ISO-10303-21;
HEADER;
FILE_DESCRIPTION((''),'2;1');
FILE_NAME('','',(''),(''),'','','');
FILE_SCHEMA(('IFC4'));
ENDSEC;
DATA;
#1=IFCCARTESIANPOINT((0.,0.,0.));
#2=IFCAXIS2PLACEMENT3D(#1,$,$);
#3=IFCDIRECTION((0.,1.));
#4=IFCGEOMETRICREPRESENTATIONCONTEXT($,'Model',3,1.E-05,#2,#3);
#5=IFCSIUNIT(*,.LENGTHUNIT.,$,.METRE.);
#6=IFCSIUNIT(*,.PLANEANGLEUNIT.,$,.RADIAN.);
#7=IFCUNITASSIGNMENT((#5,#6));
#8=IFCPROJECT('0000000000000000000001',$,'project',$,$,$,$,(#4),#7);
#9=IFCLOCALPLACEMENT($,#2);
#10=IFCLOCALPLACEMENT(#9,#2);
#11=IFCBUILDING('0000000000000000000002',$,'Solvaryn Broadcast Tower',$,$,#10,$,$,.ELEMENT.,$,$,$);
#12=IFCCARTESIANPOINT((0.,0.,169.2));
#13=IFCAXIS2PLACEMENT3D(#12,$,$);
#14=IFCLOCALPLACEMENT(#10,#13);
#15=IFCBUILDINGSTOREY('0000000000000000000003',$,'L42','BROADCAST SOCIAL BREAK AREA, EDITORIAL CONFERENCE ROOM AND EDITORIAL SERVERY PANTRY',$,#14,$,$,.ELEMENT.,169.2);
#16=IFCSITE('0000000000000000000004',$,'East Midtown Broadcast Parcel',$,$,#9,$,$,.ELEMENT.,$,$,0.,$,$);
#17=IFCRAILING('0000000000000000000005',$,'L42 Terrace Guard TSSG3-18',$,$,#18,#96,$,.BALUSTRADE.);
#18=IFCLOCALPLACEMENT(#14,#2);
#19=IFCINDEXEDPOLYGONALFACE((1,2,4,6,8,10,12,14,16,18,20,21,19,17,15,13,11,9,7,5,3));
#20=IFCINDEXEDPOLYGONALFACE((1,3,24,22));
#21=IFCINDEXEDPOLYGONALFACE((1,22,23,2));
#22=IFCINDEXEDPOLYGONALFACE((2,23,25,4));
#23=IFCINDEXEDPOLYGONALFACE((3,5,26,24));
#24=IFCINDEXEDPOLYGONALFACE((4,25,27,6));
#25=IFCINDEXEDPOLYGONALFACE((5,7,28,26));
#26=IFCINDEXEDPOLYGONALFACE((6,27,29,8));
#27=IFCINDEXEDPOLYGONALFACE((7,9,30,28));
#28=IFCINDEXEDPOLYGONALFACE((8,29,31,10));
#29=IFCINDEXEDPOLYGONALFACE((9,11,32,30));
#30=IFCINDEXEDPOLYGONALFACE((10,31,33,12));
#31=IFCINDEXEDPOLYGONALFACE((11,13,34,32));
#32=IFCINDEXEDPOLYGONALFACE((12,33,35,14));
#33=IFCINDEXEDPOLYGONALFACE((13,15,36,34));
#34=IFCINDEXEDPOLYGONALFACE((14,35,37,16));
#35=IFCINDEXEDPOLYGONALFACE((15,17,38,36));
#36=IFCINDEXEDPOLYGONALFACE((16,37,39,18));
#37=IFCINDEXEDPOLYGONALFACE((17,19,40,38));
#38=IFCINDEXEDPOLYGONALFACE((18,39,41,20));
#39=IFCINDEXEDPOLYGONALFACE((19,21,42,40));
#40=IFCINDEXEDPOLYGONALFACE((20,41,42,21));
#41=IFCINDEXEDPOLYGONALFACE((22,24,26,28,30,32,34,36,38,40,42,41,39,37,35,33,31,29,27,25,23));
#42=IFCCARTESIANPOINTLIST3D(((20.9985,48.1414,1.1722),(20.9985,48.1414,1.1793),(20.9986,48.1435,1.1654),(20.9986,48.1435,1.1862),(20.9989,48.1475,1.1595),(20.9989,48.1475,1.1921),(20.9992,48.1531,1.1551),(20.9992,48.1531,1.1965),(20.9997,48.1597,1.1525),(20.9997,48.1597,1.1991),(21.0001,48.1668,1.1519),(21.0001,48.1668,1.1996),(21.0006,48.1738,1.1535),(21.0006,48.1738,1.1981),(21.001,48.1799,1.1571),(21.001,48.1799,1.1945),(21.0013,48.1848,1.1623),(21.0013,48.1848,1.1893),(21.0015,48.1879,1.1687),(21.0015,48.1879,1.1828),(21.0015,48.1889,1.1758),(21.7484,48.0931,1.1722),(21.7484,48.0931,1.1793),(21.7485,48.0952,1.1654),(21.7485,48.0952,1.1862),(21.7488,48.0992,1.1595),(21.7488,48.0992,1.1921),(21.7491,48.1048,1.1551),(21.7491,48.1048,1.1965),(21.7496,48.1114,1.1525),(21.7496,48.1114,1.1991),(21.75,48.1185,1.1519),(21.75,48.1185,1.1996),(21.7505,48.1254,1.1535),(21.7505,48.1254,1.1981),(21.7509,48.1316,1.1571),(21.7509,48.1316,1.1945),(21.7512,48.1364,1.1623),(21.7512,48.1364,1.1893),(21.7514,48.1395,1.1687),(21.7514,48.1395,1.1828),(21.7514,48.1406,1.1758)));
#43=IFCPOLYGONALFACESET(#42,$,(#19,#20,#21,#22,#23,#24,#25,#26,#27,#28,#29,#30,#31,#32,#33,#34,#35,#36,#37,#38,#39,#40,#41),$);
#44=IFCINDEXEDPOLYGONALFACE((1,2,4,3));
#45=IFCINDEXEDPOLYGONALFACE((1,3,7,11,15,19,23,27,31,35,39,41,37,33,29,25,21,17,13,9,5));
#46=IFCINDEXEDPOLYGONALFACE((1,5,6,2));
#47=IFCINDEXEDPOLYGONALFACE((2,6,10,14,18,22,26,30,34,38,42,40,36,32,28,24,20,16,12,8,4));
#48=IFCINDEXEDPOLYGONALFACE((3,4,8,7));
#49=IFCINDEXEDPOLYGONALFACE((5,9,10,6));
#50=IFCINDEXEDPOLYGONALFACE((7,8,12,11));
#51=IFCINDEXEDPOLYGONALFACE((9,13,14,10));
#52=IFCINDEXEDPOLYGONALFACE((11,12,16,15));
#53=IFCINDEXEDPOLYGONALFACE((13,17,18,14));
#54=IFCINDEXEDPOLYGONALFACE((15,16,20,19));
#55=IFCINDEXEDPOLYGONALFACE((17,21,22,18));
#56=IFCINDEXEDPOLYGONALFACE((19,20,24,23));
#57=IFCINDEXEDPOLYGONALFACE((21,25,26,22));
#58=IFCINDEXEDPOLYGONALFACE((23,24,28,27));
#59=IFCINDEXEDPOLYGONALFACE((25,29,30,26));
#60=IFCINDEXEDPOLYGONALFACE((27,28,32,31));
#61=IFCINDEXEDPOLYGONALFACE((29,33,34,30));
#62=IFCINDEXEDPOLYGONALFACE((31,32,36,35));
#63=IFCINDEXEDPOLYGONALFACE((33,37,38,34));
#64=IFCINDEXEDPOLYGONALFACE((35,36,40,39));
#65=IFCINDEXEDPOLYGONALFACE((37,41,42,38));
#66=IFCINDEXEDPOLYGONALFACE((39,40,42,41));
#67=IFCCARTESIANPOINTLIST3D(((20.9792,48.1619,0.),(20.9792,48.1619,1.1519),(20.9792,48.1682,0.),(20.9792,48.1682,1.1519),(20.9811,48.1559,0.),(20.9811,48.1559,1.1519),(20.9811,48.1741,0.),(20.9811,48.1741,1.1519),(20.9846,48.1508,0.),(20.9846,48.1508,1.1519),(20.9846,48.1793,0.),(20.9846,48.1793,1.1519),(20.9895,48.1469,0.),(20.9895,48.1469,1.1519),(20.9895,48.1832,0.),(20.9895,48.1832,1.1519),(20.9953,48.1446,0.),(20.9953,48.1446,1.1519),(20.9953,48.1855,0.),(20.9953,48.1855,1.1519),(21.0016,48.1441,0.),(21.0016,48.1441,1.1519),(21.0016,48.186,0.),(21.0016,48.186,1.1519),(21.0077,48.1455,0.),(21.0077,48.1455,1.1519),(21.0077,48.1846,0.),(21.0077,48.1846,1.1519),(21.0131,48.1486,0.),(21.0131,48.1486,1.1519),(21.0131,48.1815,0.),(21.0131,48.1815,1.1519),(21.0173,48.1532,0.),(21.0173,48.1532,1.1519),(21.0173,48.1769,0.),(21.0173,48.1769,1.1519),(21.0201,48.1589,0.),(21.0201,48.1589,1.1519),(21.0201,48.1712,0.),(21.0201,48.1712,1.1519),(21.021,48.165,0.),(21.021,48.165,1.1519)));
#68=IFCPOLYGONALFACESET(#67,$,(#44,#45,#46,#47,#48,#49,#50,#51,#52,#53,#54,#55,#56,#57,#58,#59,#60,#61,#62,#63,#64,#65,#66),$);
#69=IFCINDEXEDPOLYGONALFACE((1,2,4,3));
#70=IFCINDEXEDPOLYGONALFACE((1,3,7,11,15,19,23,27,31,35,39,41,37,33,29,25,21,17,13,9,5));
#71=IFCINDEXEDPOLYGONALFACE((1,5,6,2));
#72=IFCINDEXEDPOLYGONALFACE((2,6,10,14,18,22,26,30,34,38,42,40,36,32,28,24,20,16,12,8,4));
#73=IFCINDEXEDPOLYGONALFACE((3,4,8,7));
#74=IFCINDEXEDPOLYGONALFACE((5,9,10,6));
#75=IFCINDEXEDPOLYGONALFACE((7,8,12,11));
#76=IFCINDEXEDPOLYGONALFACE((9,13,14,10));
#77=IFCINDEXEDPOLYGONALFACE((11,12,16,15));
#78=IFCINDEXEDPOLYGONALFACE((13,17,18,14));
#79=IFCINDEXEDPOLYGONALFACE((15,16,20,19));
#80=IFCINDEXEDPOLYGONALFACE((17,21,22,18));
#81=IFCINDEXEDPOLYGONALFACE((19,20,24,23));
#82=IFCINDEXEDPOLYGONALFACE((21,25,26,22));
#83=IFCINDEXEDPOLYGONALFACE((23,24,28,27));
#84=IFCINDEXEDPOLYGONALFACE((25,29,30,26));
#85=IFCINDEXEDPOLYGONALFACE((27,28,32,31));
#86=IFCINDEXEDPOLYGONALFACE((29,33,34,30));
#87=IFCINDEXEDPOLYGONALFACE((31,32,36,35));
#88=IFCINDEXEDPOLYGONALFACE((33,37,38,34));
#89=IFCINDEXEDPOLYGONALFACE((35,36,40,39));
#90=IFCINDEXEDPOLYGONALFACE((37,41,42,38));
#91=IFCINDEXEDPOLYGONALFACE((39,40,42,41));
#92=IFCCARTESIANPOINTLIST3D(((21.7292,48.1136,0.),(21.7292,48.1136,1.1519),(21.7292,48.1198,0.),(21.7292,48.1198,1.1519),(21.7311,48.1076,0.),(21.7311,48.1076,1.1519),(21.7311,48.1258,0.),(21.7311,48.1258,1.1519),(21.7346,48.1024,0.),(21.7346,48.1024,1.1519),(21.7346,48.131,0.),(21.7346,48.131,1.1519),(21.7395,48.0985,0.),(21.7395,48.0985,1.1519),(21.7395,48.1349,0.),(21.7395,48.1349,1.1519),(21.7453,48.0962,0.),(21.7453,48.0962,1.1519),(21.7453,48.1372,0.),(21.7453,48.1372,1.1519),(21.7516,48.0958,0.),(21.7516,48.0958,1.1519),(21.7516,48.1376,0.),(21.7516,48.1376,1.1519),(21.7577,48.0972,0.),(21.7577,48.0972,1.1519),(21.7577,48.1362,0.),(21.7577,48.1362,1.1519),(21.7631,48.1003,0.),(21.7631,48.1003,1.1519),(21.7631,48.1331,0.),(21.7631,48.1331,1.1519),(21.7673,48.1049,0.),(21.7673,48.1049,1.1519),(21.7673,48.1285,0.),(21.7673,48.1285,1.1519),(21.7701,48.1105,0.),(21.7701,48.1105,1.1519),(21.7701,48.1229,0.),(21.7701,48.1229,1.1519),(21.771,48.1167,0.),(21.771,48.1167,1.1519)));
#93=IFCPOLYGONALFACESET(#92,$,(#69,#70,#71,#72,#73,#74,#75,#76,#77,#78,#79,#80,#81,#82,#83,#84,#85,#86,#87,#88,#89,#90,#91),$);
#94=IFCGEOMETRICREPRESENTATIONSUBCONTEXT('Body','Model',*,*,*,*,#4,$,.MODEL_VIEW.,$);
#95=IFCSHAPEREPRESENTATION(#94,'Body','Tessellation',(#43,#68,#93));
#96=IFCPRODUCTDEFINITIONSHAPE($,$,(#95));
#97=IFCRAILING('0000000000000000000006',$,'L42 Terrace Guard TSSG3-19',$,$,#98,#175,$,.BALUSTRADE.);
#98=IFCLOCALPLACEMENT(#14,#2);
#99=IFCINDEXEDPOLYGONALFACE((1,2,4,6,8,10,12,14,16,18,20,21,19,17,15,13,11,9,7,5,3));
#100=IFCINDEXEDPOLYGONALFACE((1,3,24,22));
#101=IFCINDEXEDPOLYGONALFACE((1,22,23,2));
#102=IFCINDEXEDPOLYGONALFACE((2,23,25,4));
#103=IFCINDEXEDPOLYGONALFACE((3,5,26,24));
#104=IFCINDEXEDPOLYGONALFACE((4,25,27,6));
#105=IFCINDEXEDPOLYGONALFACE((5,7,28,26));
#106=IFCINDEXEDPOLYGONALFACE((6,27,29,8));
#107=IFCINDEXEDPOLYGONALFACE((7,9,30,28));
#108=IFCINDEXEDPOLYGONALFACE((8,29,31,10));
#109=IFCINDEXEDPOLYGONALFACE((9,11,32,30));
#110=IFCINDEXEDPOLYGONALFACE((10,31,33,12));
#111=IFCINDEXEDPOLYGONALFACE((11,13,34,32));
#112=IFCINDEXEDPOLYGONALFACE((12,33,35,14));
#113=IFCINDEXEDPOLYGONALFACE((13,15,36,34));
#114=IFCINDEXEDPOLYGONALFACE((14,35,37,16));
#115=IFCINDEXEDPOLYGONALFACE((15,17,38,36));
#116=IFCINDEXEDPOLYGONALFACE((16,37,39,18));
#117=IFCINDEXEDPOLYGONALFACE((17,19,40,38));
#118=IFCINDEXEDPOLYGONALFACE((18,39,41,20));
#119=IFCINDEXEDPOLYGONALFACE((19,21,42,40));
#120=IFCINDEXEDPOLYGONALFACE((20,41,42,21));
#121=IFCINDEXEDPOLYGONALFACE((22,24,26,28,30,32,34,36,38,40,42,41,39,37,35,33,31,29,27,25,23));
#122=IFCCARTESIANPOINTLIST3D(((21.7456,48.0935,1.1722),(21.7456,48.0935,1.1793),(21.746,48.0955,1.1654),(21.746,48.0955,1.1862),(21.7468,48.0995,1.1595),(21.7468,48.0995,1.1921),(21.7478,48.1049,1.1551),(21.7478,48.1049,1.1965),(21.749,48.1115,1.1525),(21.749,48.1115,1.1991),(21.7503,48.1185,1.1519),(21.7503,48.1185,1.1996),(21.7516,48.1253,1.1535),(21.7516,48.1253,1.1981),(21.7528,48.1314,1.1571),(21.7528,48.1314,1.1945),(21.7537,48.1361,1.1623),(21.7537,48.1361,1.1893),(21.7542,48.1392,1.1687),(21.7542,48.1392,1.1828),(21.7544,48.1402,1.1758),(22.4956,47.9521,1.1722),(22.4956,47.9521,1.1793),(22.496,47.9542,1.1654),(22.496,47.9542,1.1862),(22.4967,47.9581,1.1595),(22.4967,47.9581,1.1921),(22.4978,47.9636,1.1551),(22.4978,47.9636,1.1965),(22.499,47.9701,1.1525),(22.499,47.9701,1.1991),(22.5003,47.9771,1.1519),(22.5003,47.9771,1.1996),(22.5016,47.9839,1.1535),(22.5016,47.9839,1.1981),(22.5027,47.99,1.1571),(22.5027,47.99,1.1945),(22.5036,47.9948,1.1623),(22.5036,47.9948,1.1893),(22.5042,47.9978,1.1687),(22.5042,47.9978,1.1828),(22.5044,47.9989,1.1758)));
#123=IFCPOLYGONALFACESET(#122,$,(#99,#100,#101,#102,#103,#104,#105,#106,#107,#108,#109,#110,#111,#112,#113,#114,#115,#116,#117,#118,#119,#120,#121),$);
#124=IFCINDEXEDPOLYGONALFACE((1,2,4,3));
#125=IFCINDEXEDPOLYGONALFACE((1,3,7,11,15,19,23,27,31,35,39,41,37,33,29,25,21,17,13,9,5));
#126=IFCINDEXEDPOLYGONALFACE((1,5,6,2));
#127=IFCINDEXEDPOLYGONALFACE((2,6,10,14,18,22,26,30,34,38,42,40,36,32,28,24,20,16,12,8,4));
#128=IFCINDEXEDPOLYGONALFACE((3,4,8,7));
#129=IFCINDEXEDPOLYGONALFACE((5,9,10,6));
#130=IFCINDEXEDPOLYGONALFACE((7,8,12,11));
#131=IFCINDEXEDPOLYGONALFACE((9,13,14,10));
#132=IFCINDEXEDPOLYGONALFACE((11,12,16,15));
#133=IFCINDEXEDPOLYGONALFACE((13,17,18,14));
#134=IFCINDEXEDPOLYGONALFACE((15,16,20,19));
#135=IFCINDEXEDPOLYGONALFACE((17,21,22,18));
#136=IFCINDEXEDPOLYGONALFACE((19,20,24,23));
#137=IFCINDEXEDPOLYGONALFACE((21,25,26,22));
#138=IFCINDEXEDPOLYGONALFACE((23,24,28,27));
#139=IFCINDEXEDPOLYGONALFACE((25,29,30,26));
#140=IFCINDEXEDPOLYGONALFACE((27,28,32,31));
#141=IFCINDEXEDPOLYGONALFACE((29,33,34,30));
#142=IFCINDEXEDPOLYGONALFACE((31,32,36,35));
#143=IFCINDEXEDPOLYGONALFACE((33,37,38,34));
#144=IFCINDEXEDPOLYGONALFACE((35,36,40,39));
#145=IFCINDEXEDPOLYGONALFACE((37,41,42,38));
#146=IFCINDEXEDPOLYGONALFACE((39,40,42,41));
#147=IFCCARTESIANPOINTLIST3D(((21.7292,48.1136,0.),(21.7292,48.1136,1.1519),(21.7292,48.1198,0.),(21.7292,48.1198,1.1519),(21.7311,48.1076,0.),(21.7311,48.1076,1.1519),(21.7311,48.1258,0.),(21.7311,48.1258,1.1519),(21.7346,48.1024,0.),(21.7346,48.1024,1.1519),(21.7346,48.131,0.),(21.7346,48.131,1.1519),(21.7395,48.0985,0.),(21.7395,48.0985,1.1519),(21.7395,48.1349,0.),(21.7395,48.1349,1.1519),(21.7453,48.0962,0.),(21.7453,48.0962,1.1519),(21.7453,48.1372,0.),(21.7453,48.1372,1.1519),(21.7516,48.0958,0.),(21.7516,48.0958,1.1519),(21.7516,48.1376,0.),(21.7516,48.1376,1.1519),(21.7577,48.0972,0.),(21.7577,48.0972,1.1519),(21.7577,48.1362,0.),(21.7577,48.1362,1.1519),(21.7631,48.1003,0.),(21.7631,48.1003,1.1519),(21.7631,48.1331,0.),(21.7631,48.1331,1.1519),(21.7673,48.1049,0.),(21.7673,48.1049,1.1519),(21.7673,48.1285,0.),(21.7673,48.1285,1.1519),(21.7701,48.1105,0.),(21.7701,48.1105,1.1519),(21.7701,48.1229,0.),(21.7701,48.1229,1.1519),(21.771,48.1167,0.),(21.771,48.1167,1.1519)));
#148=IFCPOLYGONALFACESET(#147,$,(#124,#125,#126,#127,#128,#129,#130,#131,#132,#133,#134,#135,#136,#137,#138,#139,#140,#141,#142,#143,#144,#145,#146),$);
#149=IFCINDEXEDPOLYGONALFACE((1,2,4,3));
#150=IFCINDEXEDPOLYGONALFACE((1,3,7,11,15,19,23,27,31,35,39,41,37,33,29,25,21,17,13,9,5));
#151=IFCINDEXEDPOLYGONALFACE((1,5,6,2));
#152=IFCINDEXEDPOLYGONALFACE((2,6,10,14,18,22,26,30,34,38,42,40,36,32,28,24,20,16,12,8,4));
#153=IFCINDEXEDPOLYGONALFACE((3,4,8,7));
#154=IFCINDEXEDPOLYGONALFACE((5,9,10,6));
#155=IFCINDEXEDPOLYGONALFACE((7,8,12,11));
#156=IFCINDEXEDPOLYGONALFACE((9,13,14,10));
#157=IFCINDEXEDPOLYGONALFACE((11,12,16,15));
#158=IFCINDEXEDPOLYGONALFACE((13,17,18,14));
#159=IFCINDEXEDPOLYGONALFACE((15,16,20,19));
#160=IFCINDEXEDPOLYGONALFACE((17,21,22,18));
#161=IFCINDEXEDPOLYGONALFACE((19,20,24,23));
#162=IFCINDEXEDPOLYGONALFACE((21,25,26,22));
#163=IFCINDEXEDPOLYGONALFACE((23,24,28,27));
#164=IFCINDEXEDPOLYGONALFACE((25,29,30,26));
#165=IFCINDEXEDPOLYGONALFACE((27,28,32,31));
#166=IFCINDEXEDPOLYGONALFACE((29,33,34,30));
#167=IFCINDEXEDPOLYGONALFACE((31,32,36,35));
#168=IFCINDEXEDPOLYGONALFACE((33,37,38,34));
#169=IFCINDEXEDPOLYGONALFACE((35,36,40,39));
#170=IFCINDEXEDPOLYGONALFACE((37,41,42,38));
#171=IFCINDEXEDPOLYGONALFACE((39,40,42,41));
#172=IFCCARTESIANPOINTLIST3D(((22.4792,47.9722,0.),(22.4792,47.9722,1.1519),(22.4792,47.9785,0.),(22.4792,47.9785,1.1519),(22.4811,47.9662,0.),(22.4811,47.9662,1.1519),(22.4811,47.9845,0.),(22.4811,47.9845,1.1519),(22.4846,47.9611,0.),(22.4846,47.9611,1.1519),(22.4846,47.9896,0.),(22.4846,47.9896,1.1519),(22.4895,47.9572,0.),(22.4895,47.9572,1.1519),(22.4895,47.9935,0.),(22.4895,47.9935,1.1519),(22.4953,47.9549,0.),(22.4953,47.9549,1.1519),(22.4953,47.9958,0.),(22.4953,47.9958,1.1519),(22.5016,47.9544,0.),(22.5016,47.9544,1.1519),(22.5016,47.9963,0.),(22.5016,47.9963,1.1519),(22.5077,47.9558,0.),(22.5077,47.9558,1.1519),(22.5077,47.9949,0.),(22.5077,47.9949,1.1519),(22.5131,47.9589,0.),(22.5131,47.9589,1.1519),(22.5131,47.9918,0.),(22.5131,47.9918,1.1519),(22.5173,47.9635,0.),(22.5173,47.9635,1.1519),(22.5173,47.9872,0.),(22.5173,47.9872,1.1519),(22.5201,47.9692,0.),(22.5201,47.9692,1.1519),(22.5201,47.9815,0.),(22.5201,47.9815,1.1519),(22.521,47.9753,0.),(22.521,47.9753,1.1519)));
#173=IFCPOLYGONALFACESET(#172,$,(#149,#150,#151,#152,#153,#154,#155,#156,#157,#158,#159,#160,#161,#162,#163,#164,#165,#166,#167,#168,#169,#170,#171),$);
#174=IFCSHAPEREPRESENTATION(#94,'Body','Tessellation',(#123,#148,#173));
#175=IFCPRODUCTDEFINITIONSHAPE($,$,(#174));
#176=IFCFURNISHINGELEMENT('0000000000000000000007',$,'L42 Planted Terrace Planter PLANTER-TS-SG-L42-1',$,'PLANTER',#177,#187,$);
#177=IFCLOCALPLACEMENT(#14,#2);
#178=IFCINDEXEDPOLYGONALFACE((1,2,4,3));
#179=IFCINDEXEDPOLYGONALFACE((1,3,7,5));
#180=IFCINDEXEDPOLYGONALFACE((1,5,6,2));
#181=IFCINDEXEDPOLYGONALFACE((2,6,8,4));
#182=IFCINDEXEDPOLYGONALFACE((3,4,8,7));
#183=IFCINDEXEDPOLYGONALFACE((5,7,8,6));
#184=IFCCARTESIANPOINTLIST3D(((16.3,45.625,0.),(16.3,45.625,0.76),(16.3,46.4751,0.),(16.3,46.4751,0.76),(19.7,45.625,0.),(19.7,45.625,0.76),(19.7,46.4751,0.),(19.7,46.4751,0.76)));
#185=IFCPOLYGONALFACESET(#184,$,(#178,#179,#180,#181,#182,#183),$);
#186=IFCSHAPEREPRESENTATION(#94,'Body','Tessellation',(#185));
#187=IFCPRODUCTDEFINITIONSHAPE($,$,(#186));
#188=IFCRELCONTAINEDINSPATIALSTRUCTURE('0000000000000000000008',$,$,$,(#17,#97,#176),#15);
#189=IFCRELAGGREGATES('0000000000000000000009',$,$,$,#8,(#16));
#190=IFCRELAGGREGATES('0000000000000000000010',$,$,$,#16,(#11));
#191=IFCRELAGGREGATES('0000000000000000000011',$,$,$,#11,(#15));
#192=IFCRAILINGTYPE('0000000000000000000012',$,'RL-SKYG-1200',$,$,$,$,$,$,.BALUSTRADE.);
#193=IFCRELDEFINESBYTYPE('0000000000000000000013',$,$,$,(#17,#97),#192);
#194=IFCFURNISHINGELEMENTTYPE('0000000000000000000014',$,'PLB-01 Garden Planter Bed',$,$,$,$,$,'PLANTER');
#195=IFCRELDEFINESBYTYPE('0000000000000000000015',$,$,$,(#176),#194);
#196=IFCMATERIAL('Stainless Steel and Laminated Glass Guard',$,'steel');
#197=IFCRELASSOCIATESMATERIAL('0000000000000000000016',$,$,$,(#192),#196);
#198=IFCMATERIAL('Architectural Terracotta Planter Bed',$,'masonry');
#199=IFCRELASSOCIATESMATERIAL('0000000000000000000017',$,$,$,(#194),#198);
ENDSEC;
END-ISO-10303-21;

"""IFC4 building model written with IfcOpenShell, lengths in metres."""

from ifc_helpers import new_model, si_unit, direction, frame, origin, origin_2d, place, context, subcontext, project, spatial, rectangle, circle, extrude, material, type_object, element, save


model = new_model("IFC4")

# Units and contexts
model_context = context("Model", 3, precision=1e-05, world=origin(), true_north=direction((0.0, 1.0)))
body_context = subcontext(model_context, "Body", "Model", "MODEL_VIEW")
ifc_project = project(units=[si_unit("LENGTHUNIT", "METRE"), si_unit("PLANEANGLEUNIT", "RADIAN")], contexts=[model_context])

# Site, building, storey
site_placement = place(None, origin())
site = spatial("IfcSite", under=ifc_project, at=site_placement, Name="East Midtown Broadcast Parcel", CompositionType="ELEMENT", RefElevation=0.0)
building_placement = place(site_placement, origin())
building = spatial("IfcBuilding", under=site, at=building_placement, Name="Solvaryn Broadcast Tower", CompositionType="ELEMENT")
storey_placement = place(building_placement, frame((0.0, 0.0, 169.2)))
storey = spatial("IfcBuildingStorey", under=building, at=storey_placement, Name="L42", Description="BROADCAST SOCIAL BREAK AREA, EDITORIAL CONFERENCE ROOM AND EDITORIAL SERVERY PANTRY", CompositionType="ELEMENT", Elevation=169.2)

# Railings
ifc_material_1 = material(Name="Stainless Steel and Laminated Glass Guard", Category="steel")
railing_type = type_object("IfcRailingType", Name="RL-SKYG-1200", PredefinedType="BALUSTRADE", material=ifc_material_1)
railing_1_placement = place(storey_placement, frame((21.0, 48.165, 0.0)))
element("IfcRailing", 1, at=railing_1_placement, inside=storey, type_object=railing_type, Name="L42 Terrace Guard TSSG3-18", PredefinedType="BALUSTRADE", context=body_context, shape_type="SweptSolid", body=[
    extrude(circle(Radius=0.0239, at=origin_2d()), frame((0.0, 0.0, 1.1758), z_axis=(0.997929, -0.06432, 0.0), x_axis=(0.06432, 0.997929, 0.0)), (0.0, 0.0, 1.0), 0.7515),
    extrude(circle(Radius=0.021, at=origin_2d()), origin(), (0.0, 0.0, 1.0), 1.1519),
    extrude(circle(Radius=0.021, at=origin_2d()), frame((0.75, -0.0483, 0.0)), (0.0, 0.0, 1.0), 1.1519),
])
railing_2_placement = place(storey_placement, frame((21.75, 48.1167, 0.0)))
element("IfcRailing", 2, at=railing_2_placement, inside=storey, type_object=railing_type, Name="L42 Terrace Guard TSSG3-19", PredefinedType="BALUSTRADE", context=body_context, shape_type="SweptSolid", body=[
    extrude(circle(Radius=0.0239, at=origin_2d()), frame((0.0, 0.0, 1.1758), z_axis=(0.982698, -0.185216, 0.0), x_axis=(0.185216, 0.982698, 0.0)), (0.0, 0.0, 1.0), 0.7632),
    extrude(circle(Radius=0.021, at=origin_2d()), origin(), (0.0, 0.0, 1.0), 1.1519),
    extrude(circle(Radius=0.021, at=origin_2d()), frame((0.75, -0.1414, 0.0)), (0.0, 0.0, 1.0), 1.1519),
])

# Furnishing element
ifc_material_2 = material(Name="Architectural Terracotta Planter Bed", Category="masonry")
furnishing_element_type = type_object("IfcFurnishingElementType", Name="PLB-01 Garden Planter Bed", ElementType="PLANTER", material=ifc_material_2)
furnishing_placement = place(storey_placement, frame((18.0, 46.05, 0.0), z_axis=(0.0, 0.0, 1.0), x_axis=(1.0, 0.0, 0.0)))
element("IfcFurnishingElement", 3, at=furnishing_placement, inside=storey, type_object=furnishing_element_type, Name="L42 Planted Terrace Planter PLANTER-TS-SG-L42-1", ObjectType="PLANTER", context=body_context, shape_type="SweptSolid", body=[
    extrude(rectangle(XDim=3.3999, YDim=0.8501, at=origin_2d()), origin(), (0.0, 0.0, 1.0), 0.76),
])

save(model, "model.ifc")
